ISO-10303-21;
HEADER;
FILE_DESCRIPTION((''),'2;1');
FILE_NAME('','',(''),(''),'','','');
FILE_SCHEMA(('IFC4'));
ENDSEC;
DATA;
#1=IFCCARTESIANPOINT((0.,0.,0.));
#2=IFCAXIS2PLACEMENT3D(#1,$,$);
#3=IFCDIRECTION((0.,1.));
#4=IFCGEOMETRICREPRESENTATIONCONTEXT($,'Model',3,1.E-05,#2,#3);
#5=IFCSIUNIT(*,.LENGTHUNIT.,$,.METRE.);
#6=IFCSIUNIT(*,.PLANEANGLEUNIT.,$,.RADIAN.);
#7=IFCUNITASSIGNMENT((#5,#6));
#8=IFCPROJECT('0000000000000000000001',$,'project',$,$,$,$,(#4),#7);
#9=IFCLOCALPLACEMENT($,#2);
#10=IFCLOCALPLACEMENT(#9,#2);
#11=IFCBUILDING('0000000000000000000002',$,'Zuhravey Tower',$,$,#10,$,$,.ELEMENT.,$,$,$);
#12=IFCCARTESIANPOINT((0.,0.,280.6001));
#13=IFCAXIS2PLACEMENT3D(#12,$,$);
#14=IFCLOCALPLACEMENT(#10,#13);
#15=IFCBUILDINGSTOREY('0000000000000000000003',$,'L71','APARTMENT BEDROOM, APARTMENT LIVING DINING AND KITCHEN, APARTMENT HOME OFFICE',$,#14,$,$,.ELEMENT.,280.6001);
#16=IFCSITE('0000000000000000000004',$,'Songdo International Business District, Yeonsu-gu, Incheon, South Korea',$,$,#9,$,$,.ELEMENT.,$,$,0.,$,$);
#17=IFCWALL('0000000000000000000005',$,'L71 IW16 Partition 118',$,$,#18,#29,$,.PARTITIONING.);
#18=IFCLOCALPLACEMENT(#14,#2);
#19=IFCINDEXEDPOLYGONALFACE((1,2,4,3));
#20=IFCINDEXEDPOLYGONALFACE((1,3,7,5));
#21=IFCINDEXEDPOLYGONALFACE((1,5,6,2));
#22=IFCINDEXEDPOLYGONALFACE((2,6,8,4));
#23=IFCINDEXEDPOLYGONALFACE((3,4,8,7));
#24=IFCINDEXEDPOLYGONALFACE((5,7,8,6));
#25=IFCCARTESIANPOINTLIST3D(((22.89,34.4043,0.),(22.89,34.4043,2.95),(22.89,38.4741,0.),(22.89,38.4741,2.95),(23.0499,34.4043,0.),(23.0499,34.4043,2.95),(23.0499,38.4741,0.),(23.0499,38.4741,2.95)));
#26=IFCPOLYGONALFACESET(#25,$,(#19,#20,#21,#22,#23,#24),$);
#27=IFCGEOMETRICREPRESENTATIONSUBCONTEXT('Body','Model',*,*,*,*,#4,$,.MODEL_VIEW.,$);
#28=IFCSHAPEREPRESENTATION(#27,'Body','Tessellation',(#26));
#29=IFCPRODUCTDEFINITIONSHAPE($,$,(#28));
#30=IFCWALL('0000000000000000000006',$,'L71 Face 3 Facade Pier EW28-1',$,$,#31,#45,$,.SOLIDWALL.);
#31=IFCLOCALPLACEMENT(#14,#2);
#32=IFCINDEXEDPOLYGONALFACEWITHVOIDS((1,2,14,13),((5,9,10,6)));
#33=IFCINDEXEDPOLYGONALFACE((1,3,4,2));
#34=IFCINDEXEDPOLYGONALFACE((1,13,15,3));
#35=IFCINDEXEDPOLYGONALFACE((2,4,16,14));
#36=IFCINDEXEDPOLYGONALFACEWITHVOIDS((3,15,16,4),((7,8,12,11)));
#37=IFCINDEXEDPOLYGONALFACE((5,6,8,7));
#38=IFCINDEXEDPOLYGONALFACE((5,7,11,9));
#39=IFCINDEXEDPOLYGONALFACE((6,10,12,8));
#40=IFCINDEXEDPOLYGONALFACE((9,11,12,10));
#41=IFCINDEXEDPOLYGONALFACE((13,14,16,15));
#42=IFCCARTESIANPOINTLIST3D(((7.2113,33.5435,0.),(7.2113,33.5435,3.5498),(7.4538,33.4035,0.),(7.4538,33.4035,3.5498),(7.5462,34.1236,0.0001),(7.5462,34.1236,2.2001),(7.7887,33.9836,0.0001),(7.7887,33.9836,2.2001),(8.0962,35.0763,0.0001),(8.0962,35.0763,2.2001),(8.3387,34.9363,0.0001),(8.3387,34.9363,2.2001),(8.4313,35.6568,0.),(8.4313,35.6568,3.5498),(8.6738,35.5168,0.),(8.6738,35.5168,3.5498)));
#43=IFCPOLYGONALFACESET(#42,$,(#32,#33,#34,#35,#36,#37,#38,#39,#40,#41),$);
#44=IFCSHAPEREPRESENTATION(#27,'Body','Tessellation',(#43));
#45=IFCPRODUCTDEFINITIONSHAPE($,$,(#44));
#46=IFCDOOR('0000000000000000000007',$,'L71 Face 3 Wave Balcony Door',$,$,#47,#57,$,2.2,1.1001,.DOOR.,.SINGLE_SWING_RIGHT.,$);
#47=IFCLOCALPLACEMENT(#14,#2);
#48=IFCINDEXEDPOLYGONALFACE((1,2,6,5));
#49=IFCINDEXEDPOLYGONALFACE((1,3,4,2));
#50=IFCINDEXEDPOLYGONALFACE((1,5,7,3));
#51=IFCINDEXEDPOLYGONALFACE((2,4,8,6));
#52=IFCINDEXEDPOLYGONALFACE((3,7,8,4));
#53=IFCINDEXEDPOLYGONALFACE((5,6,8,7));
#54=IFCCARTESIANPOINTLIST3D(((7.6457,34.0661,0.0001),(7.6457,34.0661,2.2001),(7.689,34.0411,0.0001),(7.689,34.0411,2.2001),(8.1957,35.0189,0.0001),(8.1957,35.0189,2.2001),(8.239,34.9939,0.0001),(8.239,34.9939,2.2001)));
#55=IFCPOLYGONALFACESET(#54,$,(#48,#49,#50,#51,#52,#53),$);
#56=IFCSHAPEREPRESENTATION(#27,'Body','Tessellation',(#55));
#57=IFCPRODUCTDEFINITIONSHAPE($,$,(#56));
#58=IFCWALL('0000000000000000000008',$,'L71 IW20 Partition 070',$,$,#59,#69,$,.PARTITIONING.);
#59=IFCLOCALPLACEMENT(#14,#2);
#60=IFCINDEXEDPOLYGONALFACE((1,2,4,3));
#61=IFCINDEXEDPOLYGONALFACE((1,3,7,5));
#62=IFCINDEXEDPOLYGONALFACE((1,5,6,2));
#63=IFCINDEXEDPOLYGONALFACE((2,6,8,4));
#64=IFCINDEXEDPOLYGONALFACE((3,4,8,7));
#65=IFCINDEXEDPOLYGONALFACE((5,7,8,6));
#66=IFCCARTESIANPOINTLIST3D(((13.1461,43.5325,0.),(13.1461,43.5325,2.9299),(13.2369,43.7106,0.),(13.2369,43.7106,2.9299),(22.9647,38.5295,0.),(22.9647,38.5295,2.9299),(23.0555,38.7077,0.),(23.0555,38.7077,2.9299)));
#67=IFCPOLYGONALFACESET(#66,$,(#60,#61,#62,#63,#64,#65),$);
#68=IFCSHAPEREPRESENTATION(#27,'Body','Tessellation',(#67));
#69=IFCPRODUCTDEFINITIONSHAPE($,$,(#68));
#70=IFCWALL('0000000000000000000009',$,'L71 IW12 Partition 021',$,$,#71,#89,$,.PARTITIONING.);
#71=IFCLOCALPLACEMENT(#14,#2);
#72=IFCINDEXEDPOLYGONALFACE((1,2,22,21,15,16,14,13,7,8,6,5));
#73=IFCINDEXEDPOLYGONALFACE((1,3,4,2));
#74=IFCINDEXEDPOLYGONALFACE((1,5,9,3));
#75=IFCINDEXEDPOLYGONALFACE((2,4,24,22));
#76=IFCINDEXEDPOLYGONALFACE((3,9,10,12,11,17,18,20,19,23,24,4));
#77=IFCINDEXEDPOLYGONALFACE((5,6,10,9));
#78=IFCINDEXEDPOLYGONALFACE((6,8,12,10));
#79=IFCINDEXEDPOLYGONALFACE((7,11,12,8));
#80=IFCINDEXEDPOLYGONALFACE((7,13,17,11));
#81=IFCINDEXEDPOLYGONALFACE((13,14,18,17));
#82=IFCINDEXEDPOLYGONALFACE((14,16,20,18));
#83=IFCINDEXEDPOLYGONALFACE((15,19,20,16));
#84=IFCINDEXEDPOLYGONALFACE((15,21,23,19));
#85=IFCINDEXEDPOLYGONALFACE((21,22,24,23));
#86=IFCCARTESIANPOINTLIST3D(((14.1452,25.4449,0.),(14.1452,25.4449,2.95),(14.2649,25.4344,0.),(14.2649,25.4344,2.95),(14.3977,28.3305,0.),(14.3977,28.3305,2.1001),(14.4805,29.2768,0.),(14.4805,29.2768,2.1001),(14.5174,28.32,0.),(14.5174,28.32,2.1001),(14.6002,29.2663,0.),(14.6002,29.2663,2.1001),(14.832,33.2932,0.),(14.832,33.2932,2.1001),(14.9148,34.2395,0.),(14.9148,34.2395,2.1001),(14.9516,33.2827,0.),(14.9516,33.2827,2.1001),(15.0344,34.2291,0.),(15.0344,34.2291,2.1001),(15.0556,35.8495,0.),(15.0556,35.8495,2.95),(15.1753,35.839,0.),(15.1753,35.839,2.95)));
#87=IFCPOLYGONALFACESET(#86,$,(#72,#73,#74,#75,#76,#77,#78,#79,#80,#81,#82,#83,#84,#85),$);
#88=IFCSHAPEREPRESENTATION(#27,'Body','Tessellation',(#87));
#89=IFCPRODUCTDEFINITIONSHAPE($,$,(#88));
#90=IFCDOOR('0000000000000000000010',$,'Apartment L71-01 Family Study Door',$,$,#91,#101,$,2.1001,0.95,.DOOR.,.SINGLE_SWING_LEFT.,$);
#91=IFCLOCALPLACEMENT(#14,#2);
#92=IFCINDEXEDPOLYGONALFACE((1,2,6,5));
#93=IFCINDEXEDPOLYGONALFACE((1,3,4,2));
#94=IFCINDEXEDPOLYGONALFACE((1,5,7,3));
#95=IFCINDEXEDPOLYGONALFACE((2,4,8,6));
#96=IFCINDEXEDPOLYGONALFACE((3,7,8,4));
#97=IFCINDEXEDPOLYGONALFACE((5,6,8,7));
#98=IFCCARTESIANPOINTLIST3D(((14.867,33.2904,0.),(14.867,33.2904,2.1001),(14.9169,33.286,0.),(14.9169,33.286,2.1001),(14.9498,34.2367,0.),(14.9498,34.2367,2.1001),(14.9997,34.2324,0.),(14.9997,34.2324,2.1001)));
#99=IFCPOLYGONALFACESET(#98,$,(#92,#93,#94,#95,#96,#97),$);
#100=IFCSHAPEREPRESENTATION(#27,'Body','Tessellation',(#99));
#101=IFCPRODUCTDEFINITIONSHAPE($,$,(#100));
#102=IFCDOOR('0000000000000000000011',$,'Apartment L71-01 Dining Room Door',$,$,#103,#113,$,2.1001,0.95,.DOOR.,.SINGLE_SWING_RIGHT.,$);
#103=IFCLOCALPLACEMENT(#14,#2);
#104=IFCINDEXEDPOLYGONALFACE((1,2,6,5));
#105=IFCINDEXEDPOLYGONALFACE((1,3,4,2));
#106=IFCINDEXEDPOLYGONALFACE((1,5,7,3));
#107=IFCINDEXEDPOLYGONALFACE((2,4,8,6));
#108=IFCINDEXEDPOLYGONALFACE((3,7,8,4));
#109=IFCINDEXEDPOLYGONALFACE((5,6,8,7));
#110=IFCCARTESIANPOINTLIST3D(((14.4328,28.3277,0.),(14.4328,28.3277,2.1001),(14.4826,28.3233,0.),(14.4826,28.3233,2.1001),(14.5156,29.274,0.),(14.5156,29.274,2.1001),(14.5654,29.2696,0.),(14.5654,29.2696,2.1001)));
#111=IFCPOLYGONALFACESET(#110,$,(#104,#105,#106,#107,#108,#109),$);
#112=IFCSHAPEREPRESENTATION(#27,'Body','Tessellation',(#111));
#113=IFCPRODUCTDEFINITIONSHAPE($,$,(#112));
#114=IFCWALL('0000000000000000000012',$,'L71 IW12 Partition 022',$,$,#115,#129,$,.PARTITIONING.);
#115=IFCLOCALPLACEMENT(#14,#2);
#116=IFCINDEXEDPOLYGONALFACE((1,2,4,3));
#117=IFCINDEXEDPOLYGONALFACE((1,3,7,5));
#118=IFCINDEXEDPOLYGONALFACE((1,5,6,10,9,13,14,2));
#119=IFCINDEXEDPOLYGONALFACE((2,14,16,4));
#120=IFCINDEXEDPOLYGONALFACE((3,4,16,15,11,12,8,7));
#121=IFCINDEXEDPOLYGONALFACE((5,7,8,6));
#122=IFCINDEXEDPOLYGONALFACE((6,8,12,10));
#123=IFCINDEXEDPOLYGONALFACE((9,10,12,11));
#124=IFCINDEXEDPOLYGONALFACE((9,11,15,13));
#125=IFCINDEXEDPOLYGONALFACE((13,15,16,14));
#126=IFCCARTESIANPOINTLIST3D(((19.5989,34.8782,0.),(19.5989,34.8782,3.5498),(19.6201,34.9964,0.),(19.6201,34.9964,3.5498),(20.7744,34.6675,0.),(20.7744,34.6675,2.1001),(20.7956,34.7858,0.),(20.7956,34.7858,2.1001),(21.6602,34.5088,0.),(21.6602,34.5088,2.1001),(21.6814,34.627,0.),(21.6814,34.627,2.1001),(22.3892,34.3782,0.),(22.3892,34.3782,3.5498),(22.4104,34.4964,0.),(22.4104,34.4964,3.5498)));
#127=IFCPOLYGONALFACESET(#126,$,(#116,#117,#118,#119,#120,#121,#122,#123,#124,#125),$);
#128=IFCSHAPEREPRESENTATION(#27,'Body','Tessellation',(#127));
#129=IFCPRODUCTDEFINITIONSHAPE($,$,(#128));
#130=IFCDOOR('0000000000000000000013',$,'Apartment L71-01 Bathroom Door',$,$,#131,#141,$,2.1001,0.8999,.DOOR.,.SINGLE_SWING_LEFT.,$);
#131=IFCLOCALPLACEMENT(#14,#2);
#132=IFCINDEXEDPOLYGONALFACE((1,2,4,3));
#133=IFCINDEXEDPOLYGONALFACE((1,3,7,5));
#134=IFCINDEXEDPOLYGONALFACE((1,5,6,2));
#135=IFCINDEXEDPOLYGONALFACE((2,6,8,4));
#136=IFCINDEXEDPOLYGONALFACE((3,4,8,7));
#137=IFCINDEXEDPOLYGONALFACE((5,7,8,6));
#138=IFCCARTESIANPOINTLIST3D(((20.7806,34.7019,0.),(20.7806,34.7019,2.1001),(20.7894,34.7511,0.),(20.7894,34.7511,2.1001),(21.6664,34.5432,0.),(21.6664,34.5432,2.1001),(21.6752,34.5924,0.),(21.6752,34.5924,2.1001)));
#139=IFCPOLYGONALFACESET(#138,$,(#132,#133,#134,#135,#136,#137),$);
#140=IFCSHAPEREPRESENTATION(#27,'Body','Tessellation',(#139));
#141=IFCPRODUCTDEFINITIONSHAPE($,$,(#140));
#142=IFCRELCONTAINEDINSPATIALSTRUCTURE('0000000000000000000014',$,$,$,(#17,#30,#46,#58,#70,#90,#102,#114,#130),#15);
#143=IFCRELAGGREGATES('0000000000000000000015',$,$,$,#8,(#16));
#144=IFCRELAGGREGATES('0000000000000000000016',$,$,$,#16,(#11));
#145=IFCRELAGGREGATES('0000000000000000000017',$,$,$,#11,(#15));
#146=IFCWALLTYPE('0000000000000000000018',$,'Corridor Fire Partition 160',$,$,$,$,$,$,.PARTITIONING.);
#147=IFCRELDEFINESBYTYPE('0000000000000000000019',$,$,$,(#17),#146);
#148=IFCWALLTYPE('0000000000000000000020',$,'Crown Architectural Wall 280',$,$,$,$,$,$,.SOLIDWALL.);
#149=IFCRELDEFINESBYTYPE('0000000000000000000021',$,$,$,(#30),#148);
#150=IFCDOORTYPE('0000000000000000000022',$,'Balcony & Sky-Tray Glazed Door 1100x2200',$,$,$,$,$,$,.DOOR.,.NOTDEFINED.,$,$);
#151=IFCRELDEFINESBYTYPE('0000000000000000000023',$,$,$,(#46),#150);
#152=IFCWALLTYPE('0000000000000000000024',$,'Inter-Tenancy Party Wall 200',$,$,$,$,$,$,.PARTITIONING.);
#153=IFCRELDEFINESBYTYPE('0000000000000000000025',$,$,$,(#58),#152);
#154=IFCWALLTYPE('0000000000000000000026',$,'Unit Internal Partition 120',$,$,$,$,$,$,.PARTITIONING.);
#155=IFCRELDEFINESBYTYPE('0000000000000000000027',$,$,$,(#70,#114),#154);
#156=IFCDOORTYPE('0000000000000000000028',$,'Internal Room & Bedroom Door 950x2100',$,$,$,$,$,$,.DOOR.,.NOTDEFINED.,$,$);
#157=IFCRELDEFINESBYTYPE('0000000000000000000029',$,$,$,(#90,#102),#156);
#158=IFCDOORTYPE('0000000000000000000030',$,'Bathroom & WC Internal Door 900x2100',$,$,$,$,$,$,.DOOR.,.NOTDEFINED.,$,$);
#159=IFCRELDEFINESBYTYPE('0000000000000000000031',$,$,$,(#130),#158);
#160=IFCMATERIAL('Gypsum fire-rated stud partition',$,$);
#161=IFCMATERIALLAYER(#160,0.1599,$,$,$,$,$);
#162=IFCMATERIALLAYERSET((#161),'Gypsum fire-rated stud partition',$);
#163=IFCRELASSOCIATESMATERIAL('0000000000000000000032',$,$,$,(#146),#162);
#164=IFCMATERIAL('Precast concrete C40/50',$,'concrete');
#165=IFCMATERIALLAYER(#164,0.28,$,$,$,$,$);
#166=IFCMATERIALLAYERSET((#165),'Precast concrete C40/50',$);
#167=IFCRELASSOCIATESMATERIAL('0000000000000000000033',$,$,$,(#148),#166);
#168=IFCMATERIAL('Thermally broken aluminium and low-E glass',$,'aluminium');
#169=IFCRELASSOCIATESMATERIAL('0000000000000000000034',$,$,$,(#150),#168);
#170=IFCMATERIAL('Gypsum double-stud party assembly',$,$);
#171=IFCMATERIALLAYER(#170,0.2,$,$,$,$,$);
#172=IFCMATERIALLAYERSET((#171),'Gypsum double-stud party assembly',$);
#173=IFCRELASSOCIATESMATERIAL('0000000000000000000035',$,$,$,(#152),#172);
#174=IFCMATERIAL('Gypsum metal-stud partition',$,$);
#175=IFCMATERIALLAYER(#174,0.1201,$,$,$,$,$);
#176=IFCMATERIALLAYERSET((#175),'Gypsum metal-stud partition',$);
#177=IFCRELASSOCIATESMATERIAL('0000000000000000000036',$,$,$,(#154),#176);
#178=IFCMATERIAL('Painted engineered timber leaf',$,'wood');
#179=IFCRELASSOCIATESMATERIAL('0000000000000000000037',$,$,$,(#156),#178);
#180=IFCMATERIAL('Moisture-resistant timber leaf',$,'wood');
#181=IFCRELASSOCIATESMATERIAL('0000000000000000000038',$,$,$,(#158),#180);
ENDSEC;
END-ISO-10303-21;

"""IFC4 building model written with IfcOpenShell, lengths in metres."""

from ifc_helpers import new_model, si_unit, direction, frame, frame_2d, origin, place, context, subcontext, project, spatial, rectangle, extrude, material, layer, layer_set, type_object, element, fill, save


model = new_model("IFC4")

# Units and contexts
model_context = context("Model", 3, precision=1e-05, world=origin(), true_north=direction((0.0, 1.0)))
body_context = subcontext(model_context, "Body", "Model", "MODEL_VIEW")
ifc_project = project(units=[si_unit("LENGTHUNIT", "METRE"), si_unit("PLANEANGLEUNIT", "RADIAN")], contexts=[model_context])

# Site, building, storey
site_placement = place(None, origin())
site = spatial("IfcSite", under=ifc_project, at=site_placement, Name="Songdo International Business District, Yeonsu-gu, Incheon, South Korea", CompositionType="ELEMENT", RefElevation=0.0)
building_placement = place(site_placement, origin())
building = spatial("IfcBuilding", under=site, at=building_placement, Name="Zuhravey Tower", CompositionType="ELEMENT")
storey_placement = place(building_placement, frame((0.0, 0.0, 280.6001)))
storey = spatial("IfcBuildingStorey", under=building, at=storey_placement, Name="L71", Description="APARTMENT BEDROOM, APARTMENT LIVING DINING AND KITCHEN, APARTMENT HOME OFFICE", CompositionType="ELEMENT", Elevation=280.6001)

# Shared definitions
ifc_material_1 = material(Name="Gypsum fire-rated stud partition")
ifc_layer_1 = layer(ifc_material_1, 0.1599)
ifc_layer_set_1 = layer_set([ifc_layer_1], Name="Gypsum fire-rated stud partition")
wall_type_1 = type_object("IfcWallType", Name="Corridor Fire Partition 160", PredefinedType="PARTITIONING", material=ifc_layer_set_1)

# Wall
wall_1_placement = place(storey_placement, frame((22.97, 38.4741, 0.0), z_axis=(0.0, 0.0, 1.0), x_axis=(0.0, -1.0, 0.0)))
element("IfcWall", 1, at=wall_1_placement, inside=storey, type_object=wall_type_1, Name="L71 IW16 Partition 118", PredefinedType="PARTITIONING", context=body_context, shape_type="SweptSolid", body=[
    extrude(rectangle(XDim=4.0698, YDim=0.1599, at=frame_2d((2.0349, 0.0))), origin(), (0.0, 0.0, 1.0), 2.95),
])

# Wall, opening, door
ifc_material_2 = material(Name="Precast concrete C40/50", Category="concrete")
ifc_layer_2 = layer(ifc_material_2, 0.28)
ifc_layer_set_2 = layer_set([ifc_layer_2], Name="Precast concrete C40/50")
wall_type_2 = type_object("IfcWallType", Name="Crown Architectural Wall 280", PredefinedType="SOLIDWALL", material=ifc_layer_set_2)
wall_2_placement = place(storey_placement, frame((7.3325, 33.4734, 0.0), z_axis=(0.0, 0.0, 1.0), x_axis=(0.499959, 0.866049, 0.0)))
wall_2 = element("IfcWall", 2, at=wall_2_placement, inside=storey, type_object=wall_type_2, Name="L71 Face 3 Facade Pier EW28-1", PredefinedType="SOLIDWALL", context=body_context, shape_type="SweptSolid", body=[
    extrude(rectangle(XDim=2.4402, YDim=0.28, at=frame_2d((1.2202, 0.0))), origin(), (0.0, 0.0, 1.0), 3.5498),
])
opening_1_placement = place(wall_2_placement, frame((0.6699, 0.0, 0.0)))
opening_1 = element("IfcOpeningElement", 3, at=opening_1_placement, cuts=wall_2, PredefinedType="OPENING", context=body_context, shape_type="SweptSolid", body=[
    extrude(rectangle(XDim=1.1001, YDim=2.2, at=frame_2d((0.55, 1.1001))), frame((0.0, 0.1521, 0.0), z_axis=(0.0, -1.0, 0.0), x_axis=(1.0, 0.0, 0.0)), (0.0, 0.0, 1.0), 0.304),
])
ifc_material_3 = material(Name="Thermally broken aluminium and low-E glass", Category="aluminium")
door_type_1 = type_object("IfcDoorType", Name="Balcony & Sky-Tray Glazed Door 1100x2200", OperationType="NOTDEFINED", PredefinedType="DOOR", material=ifc_material_3)
door_1_placement = place(opening_1_placement, frame((1.1001, 0.0, 0.0), z_axis=(0.0, 0.0, 1.0), x_axis=(-1.0, 0.0, 0.0)))
door_1 = element("IfcDoor", 4, at=door_1_placement, inside=storey, type_object=door_type_1, Name="L71 Face 3 Wave Balcony Door", OperationType="SINGLE_SWING_RIGHT", OverallHeight=2.2, OverallWidth=1.1001, PredefinedType="DOOR", context=body_context, shape_type="SweptSolid", body=[
    extrude(rectangle(XDim=1.1001, YDim=2.2, at=frame_2d((0.55, 1.1001))), frame((0.0, 0.0249, 0.0), z_axis=(0.0, -1.0, 0.0), x_axis=(1.0, 0.0, 0.0)), (0.0, 0.0, 1.0), 0.05),
])
fill(opening_1, door_1)

# Wall
ifc_material_4 = material(Name="Gypsum double-stud party assembly")
ifc_layer_3 = layer(ifc_material_4, 0.2)
ifc_layer_set_3 = layer_set([ifc_layer_3], Name="Gypsum double-stud party assembly")
wall_type_3 = type_object("IfcWallType", Name="Inter-Tenancy Party Wall 200", PredefinedType="PARTITIONING", material=ifc_layer_set_3)
wall_3_placement = place(storey_placement, frame((23.01, 38.6187, 0.0), z_axis=(0.0, 0.0, 1.0), x_axis=(-0.891003, 0.453998, 0.0)))
element("IfcWall", 5, at=wall_3_placement, inside=storey, type_object=wall_type_3, Name="L71 IW20 Partition 070", PredefinedType="PARTITIONING", context=body_context, shape_type="SweptSolid", body=[
    extrude(rectangle(XDim=11.0198, YDim=0.2, at=frame_2d((5.5098, 0.0))), origin(), (0.0, 0.0, 1.0), 2.9299),
])

# Wall, openings, doors
ifc_material_5 = material(Name="Gypsum metal-stud partition")
ifc_layer_4 = layer(ifc_material_5, 0.1201)
ifc_layer_set_4 = layer_set([ifc_layer_4], Name="Gypsum metal-stud partition")
wall_type_4 = type_object("IfcWallType", Name="Unit Internal Partition 120", PredefinedType="PARTITIONING", material=ifc_layer_set_4)
wall_4_placement = place(storey_placement, frame((15.1155, 35.8442, 0.0), z_axis=(0.0, 0.0, 1.0), x_axis=(-0.087167, -0.996194, 0.0)))
wall_4 = element("IfcWall", 6, at=wall_4_placement, inside=storey, type_object=wall_type_4, Name="L71 IW12 Partition 021", PredefinedType="PARTITIONING", context=body_context, shape_type="SweptSolid", body=[
    extrude(rectangle(XDim=10.4443, YDim=0.1201, at=frame_2d((5.2222, 0.0))), origin(), (0.0, 0.0, 1.0), 2.95),
])
opening_2_placement = place(wall_4_placement, frame((1.616, 0.0, 0.0)))
opening_2 = element("IfcOpeningElement", 7, at=opening_2_placement, cuts=wall_4, PredefinedType="OPENING", context=body_context, shape_type="SweptSolid", body=[
    extrude(rectangle(XDim=0.95, YDim=2.1001, at=frame_2d((0.4751, 1.05))), frame((0.0, 0.072, 0.0), z_axis=(0.0, -1.0, 0.0), x_axis=(1.0, 0.0, 0.0)), (0.0, 0.0, 1.0), 0.144),
])
opening_3_placement = place(wall_4_placement, frame((6.5977, 0.0, 0.0)))
opening_3 = element("IfcOpeningElement", 8, at=opening_3_placement, cuts=wall_4, PredefinedType="OPENING", context=body_context, shape_type="SweptSolid", body=[
    extrude(rectangle(XDim=0.95, YDim=2.1001, at=frame_2d((0.4751, 1.05))), frame((0.0, 0.072, 0.0), z_axis=(0.0, -1.0, 0.0), x_axis=(1.0, 0.0, 0.0)), (0.0, 0.0, 1.0), 0.144),
])
ifc_material_6 = material(Name="Painted engineered timber leaf", Category="wood")
door_type_2 = type_object("IfcDoorType", Name="Internal Room & Bedroom Door 950x2100", OperationType="NOTDEFINED", PredefinedType="DOOR", material=ifc_material_6)
door_2_placement = place(opening_2_placement, frame((0.95, 0.0, 0.0), z_axis=(0.0, 0.0, 1.0), x_axis=(-1.0, 0.0, 0.0)))
door_2 = element("IfcDoor", 9, at=door_2_placement, inside=storey, type_object=door_type_2, Name="Apartment L71-01 Family Study Door", OperationType="SINGLE_SWING_LEFT", OverallHeight=2.1001, OverallWidth=0.95, PredefinedType="DOOR", context=body_context, shape_type="SweptSolid", body=[
    extrude(rectangle(XDim=0.95, YDim=2.1001, at=frame_2d((0.4751, 1.05))), frame((0.0, 0.0249, 0.0), z_axis=(0.0, -1.0, 0.0), x_axis=(1.0, 0.0, 0.0)), (0.0, 0.0, 1.0), 0.05),
])
fill(opening_2, door_2)
door_3_placement = place(opening_3_placement, frame((0.95, 0.0, 0.0), z_axis=(0.0, 0.0, 1.0), x_axis=(-1.0, 0.0, 0.0)))
door_3 = element("IfcDoor", 10, at=door_3_placement, inside=storey, type_object=door_type_2, Name="Apartment L71-01 Dining Room Door", OperationType="SINGLE_SWING_RIGHT", OverallHeight=2.1001, OverallWidth=0.95, PredefinedType="DOOR", context=body_context, shape_type="SweptSolid", body=[
    extrude(rectangle(XDim=0.95, YDim=2.1001, at=frame_2d((0.4751, 1.05))), frame((0.0, 0.0249, 0.0), z_axis=(0.0, -1.0, 0.0), x_axis=(1.0, 0.0, 0.0)), (0.0, 0.0, 1.0), 0.05),
])
fill(opening_3, door_3)

# Wall, opening, door
wall_5_placement = place(storey_placement, frame((22.3999, 34.4373, 0.0), z_axis=(0.0, 0.0, 1.0), x_axis=(-0.984321, 0.176384, 0.0)))
wall_5 = element("IfcWall", 11, at=wall_5_placement, inside=storey, type_object=wall_type_4, Name="L71 IW12 Partition 022", PredefinedType="PARTITIONING", context=body_context, shape_type="SweptSolid", body=[
    extrude(rectangle(XDim=2.8347, YDim=0.1201, at=frame_2d((1.4175, 0.0))), origin(), (0.0, 0.0, 1.0), 3.5498),
])
opening_4_placement = place(wall_5_placement, frame((0.7407, 0.0, 0.0)))
opening_4 = element("IfcOpeningElement", 12, at=opening_4_placement, cuts=wall_5, PredefinedType="OPENING", context=body_context, shape_type="SweptSolid", body=[
    extrude(rectangle(XDim=0.8999, YDim=2.1001, at=frame_2d((0.45, 1.05))), frame((0.0, 0.072, 0.0), z_axis=(0.0, -1.0, 0.0), x_axis=(1.0, 0.0, 0.0)), (0.0, 0.0, 1.0), 0.144),
])
ifc_material_7 = material(Name="Moisture-resistant timber leaf", Category="wood")
door_type_3 = type_object("IfcDoorType", Name="Bathroom & WC Internal Door 900x2100", OperationType="NOTDEFINED", PredefinedType="DOOR", material=ifc_material_7)
door_4_placement = place(opening_4_placement, frame((0.8999, 0.0, 0.0), z_axis=(0.0, 0.0, 1.0), x_axis=(-1.0, 0.0, 0.0)))
door_4 = element("IfcDoor", 13, at=door_4_placement, inside=storey, type_object=door_type_3, Name="Apartment L71-01 Bathroom Door", OperationType="SINGLE_SWING_LEFT", OverallHeight=2.1001, OverallWidth=0.8999, PredefinedType="DOOR", context=body_context, shape_type="SweptSolid", body=[
    extrude(rectangle(XDim=0.8999, YDim=2.1001, at=frame_2d((0.45, 1.05))), frame((0.0, 0.0249, 0.0), z_axis=(0.0, -1.0, 0.0), x_axis=(1.0, 0.0, 0.0)), (0.0, 0.0, 1.0), 0.05),
])
fill(opening_4, door_4)

save(model, "model.ifc")
